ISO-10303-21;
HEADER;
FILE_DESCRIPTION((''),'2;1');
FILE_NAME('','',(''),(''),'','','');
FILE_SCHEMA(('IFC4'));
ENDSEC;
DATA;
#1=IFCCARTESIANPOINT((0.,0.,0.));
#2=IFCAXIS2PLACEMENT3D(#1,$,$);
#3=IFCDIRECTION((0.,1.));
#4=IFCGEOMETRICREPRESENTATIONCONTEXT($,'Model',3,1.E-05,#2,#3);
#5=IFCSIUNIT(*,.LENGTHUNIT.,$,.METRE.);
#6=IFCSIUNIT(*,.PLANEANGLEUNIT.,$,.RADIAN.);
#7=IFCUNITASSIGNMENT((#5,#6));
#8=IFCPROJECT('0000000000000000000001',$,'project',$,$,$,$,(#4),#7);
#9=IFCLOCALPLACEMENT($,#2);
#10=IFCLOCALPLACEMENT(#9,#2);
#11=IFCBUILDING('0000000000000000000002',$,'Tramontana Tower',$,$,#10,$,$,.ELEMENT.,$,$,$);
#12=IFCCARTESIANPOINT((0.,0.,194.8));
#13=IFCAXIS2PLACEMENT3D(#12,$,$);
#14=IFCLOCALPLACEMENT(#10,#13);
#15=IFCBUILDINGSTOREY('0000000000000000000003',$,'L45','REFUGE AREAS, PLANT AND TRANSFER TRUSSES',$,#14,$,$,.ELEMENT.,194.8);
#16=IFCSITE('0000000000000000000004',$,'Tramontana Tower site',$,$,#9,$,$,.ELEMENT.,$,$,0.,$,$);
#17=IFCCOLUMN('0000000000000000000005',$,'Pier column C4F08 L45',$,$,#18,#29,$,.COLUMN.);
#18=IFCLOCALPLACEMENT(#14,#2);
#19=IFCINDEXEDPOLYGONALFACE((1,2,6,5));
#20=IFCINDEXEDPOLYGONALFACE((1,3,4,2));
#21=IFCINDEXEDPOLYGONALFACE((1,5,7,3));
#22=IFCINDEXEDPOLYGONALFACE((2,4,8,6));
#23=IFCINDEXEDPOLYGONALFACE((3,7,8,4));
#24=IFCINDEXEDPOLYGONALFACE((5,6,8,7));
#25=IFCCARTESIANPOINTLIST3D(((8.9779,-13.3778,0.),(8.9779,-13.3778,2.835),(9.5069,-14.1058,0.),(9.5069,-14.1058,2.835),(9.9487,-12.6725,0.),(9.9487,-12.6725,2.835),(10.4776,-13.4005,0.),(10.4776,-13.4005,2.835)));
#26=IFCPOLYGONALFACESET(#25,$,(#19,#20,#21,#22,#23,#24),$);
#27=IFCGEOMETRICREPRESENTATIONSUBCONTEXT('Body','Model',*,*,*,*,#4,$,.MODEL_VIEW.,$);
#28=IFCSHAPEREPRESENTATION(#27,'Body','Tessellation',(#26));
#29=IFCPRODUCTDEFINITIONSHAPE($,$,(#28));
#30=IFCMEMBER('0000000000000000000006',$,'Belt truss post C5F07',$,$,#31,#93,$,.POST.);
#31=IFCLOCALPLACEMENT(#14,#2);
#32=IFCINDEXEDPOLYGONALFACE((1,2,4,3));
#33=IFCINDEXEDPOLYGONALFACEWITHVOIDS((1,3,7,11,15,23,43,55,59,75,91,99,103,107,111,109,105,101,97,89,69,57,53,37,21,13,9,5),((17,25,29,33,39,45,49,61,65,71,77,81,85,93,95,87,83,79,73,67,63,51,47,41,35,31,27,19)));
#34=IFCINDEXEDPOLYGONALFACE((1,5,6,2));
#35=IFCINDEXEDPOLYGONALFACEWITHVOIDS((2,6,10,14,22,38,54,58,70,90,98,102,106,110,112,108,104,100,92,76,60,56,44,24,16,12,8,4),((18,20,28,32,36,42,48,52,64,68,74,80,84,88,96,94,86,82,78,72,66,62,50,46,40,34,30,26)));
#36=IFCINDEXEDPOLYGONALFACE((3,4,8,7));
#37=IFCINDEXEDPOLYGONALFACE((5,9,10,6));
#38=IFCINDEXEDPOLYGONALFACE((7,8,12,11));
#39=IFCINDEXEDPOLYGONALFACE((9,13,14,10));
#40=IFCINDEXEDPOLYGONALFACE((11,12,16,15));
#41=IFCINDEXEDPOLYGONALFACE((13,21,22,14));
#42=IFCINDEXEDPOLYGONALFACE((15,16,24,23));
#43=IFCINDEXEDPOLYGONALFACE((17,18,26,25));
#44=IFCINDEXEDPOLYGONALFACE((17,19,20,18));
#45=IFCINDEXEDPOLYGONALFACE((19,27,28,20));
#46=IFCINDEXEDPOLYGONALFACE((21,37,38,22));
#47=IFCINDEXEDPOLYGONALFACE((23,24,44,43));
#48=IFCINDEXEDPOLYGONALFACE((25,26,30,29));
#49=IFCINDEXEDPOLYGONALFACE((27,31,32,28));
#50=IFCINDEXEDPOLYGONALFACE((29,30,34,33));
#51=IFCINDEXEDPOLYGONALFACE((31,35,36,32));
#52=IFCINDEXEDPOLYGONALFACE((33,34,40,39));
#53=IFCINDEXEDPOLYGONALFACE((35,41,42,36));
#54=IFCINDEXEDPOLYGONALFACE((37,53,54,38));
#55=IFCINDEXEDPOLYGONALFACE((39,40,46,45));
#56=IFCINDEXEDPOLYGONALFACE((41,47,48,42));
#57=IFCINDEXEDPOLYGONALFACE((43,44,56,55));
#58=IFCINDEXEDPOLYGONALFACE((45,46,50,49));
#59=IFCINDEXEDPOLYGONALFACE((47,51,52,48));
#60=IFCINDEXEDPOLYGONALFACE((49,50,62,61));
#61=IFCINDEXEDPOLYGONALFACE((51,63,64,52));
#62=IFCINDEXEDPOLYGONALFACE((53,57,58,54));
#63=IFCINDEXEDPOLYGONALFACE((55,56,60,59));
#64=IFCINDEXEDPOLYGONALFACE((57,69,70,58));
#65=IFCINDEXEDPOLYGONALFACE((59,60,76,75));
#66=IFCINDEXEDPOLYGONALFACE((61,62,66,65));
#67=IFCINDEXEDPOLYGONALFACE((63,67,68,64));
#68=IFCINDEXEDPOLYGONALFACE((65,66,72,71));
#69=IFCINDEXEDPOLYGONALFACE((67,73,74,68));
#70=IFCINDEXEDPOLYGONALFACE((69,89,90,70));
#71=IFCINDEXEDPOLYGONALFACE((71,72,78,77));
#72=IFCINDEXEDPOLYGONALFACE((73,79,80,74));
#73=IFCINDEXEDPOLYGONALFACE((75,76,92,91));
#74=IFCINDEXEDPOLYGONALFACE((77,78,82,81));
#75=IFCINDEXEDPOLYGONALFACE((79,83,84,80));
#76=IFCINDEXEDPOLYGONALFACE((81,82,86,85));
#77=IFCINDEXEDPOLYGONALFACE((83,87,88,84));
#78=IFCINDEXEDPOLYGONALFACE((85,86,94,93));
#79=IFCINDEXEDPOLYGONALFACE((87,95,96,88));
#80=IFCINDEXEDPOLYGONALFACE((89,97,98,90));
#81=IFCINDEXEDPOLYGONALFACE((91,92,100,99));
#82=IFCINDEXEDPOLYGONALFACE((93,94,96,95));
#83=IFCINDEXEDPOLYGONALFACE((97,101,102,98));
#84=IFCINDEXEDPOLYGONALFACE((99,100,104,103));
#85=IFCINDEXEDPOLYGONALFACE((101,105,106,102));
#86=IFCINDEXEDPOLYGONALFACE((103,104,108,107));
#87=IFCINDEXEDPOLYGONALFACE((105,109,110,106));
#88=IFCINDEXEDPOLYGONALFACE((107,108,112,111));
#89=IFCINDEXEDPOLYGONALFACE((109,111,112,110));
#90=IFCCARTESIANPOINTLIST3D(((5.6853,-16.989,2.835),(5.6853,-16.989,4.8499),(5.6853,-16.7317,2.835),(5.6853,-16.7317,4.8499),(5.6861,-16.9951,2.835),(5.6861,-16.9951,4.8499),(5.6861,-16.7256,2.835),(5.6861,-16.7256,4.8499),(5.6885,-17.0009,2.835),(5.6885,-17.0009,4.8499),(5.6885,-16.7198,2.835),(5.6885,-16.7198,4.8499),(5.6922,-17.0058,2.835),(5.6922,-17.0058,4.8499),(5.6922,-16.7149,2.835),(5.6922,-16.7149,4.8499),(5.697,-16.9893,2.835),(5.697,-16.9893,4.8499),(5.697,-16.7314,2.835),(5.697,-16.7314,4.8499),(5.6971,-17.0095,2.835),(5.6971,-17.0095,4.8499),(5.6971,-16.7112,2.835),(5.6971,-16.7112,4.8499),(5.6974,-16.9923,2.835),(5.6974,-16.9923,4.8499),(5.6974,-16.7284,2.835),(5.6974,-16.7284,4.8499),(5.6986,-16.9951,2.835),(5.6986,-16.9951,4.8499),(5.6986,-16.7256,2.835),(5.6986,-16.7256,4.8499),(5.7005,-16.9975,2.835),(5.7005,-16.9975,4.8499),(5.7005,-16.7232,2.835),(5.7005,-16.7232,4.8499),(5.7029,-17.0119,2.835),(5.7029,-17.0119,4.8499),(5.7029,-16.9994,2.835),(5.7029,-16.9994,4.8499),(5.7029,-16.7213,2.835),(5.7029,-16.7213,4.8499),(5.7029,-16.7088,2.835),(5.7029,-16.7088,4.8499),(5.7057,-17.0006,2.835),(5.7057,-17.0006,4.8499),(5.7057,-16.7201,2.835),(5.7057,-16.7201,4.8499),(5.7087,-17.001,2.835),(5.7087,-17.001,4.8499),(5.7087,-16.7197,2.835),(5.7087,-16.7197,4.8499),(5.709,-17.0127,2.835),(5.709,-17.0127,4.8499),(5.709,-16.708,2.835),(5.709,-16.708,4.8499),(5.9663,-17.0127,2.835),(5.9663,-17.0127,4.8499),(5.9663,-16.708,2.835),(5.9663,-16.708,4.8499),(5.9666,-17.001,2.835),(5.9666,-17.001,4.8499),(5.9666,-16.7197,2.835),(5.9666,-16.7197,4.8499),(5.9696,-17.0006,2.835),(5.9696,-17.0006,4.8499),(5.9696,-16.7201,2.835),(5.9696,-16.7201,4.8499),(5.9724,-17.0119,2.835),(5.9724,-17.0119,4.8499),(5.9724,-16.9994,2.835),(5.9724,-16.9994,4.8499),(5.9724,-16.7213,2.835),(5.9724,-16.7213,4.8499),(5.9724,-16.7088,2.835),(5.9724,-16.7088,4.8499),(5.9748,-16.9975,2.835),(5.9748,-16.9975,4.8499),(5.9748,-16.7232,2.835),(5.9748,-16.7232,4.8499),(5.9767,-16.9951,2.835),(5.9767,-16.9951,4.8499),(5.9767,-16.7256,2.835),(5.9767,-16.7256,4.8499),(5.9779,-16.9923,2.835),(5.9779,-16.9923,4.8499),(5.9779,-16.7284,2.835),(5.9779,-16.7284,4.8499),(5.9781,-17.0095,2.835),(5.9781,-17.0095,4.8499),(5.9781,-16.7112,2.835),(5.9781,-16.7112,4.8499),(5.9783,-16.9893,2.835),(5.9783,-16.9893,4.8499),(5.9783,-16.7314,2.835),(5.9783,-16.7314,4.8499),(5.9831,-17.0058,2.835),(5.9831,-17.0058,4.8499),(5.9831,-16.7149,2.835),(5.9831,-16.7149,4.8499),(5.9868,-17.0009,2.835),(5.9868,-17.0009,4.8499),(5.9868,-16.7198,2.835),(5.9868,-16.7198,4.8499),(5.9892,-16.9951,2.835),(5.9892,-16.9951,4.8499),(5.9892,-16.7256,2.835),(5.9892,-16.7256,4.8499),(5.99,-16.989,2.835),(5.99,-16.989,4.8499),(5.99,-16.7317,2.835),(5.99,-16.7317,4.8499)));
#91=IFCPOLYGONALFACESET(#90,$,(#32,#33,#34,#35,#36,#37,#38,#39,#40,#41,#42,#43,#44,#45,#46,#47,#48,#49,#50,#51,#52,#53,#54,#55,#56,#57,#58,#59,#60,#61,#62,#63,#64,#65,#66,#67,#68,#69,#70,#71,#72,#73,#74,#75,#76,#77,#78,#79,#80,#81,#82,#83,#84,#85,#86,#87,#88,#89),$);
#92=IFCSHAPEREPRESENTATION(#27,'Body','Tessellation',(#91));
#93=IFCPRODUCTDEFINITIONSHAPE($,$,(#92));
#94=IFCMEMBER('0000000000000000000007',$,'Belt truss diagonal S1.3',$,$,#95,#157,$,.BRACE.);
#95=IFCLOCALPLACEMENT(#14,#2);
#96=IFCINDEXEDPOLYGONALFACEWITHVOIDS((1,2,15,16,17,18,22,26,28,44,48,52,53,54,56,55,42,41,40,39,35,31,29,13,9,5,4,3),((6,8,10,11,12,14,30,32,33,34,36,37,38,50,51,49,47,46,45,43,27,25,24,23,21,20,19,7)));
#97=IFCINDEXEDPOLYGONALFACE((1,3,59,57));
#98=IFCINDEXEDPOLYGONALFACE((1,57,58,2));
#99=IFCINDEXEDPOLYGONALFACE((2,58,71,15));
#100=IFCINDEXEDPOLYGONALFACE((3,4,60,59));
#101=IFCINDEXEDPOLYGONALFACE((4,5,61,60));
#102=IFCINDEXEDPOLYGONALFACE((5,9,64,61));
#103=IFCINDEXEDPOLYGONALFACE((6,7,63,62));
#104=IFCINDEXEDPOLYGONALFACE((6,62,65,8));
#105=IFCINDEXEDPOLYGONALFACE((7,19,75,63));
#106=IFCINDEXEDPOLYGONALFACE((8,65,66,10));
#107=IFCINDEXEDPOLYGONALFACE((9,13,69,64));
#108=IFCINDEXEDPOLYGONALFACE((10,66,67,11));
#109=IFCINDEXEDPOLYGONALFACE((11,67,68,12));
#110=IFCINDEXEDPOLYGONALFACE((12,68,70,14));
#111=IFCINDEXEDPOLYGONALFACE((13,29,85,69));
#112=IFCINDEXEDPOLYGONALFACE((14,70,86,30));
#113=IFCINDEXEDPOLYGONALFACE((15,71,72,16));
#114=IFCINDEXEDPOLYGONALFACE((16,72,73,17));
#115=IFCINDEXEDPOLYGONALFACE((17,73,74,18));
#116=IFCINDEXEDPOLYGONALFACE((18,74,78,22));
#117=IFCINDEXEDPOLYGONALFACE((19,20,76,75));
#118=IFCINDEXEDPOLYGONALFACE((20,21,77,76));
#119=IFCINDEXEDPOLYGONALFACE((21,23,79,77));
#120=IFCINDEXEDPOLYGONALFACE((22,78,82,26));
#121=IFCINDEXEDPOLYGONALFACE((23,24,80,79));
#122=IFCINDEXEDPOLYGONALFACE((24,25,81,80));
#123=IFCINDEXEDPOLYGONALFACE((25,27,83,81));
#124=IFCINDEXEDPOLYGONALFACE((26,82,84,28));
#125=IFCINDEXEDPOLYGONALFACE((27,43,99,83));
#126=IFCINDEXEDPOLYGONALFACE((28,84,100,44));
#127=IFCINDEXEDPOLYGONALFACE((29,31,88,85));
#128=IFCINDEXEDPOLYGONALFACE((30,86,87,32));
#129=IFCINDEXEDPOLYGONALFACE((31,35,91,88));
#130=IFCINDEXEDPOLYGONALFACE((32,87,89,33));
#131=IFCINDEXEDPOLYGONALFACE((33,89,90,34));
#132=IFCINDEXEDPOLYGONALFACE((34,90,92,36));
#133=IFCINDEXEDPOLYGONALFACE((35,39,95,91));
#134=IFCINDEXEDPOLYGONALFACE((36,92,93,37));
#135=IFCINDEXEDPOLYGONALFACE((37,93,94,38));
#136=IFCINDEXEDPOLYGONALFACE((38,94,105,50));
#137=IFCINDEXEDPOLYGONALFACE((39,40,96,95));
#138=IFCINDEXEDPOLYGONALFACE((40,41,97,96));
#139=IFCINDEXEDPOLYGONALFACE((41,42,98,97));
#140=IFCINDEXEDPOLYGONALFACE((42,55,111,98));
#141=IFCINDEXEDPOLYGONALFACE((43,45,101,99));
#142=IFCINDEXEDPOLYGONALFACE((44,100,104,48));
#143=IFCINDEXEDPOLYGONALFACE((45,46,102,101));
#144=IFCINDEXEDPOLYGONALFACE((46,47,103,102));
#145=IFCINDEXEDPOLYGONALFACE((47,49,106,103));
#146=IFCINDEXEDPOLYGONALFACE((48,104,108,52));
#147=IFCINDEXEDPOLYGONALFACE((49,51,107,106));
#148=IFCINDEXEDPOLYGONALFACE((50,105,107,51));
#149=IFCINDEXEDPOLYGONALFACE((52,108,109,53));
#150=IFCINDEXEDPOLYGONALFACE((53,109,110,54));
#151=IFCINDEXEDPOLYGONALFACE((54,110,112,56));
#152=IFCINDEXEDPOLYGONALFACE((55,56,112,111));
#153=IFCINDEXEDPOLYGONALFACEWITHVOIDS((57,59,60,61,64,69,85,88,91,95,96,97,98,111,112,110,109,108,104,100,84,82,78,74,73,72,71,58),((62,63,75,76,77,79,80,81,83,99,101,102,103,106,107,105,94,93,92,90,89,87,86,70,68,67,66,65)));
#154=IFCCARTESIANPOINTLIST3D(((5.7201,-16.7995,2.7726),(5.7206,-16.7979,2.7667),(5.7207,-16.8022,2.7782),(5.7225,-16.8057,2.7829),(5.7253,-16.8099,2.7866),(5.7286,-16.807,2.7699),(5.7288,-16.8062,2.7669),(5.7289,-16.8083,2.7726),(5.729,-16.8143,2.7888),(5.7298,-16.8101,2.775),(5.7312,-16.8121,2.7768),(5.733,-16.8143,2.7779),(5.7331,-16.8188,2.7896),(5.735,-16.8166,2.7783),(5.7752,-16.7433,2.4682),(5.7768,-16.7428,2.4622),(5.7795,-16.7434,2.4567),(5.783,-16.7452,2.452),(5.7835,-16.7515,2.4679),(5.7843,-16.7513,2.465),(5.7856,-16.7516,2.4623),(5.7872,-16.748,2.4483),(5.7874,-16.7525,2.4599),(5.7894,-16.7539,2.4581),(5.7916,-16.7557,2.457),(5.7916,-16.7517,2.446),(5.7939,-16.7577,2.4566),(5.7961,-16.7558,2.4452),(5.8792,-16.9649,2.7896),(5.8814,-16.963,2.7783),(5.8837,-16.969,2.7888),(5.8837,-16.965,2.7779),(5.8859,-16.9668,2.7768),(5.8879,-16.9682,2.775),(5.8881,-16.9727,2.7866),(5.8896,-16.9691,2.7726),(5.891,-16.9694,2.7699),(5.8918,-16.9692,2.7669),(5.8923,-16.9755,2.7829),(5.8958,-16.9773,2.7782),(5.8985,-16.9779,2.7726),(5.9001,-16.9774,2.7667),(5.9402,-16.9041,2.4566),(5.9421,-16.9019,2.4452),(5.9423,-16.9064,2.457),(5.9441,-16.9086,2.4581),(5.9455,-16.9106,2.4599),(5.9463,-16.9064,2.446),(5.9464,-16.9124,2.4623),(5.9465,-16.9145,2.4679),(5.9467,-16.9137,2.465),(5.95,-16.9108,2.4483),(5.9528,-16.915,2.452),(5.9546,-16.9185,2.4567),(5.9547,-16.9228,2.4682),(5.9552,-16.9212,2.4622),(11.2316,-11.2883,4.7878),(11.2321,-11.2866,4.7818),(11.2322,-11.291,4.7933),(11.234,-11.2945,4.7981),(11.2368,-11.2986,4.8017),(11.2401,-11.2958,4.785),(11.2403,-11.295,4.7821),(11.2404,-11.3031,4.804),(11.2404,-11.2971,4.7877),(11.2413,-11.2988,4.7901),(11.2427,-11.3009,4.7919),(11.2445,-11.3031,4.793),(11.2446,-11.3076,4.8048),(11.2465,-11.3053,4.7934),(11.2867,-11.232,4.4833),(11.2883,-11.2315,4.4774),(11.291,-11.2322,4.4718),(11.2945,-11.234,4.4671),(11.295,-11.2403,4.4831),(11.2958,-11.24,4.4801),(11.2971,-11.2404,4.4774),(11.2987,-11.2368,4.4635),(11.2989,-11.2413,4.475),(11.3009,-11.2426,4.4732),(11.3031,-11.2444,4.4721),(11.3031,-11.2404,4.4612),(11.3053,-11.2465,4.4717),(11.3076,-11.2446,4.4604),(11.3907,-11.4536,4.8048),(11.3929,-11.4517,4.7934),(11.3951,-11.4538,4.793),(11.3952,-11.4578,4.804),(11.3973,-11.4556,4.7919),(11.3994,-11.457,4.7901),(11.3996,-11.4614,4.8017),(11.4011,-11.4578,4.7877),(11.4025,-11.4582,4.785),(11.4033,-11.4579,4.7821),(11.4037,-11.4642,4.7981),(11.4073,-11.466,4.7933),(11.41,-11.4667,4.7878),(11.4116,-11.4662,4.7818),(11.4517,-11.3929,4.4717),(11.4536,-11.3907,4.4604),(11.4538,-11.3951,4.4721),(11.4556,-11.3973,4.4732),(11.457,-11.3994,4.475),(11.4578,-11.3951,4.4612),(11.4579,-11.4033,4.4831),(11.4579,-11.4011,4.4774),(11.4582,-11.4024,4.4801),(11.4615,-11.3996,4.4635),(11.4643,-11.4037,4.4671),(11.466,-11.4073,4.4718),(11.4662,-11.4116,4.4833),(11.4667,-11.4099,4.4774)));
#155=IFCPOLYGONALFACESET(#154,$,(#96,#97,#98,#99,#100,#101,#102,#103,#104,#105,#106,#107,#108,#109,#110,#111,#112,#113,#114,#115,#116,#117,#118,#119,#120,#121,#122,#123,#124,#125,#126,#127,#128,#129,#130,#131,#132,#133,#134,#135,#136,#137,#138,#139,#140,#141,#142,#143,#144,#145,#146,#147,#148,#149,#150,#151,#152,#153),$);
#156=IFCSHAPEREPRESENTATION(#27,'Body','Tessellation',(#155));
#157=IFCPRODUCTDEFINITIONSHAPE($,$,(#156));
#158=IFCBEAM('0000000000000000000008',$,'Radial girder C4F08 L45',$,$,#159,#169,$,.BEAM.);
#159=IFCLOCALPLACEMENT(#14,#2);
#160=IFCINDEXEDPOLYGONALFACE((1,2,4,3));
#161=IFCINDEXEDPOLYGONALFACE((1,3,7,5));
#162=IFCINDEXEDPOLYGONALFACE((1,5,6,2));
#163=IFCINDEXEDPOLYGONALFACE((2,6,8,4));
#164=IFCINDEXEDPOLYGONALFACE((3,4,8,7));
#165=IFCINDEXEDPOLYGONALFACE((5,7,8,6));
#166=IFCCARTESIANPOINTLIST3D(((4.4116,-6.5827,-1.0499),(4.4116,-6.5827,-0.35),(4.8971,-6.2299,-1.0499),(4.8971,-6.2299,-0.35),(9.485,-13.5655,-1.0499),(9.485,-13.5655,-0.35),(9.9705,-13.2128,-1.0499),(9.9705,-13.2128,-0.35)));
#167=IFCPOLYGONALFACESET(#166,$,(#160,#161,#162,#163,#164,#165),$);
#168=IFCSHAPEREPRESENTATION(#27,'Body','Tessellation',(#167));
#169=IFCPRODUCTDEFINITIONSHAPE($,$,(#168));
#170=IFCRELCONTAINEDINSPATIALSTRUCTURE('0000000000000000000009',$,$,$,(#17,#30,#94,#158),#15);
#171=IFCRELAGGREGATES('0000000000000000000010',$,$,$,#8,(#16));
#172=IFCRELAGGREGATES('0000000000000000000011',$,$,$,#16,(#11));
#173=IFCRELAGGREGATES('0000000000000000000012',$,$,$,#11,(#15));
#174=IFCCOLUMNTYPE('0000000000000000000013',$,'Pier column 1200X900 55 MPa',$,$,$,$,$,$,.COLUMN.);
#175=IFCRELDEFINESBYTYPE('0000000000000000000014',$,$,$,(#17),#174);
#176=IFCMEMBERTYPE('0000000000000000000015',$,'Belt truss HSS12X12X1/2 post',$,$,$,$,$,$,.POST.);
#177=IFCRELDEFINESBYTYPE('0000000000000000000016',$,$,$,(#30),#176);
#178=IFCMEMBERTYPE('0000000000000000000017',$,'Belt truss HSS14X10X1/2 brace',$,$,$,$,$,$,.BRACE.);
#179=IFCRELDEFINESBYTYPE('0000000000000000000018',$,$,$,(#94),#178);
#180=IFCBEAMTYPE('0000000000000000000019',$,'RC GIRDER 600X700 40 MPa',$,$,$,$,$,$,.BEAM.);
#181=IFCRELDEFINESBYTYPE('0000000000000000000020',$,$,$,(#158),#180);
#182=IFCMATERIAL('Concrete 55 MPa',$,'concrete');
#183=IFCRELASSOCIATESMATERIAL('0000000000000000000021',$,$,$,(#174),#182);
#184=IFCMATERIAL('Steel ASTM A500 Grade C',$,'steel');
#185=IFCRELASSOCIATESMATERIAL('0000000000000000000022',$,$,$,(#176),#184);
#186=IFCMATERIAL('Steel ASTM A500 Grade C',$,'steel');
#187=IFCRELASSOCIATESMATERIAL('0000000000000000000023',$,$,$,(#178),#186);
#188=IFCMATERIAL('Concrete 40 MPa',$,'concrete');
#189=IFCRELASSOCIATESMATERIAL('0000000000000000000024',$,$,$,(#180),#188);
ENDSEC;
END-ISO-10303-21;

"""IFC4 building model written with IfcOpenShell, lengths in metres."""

from ifc_helpers import new_model, si_unit, direction, frame, origin, origin_2d, place, context, subcontext, project, spatial, rectangle, hollow_rectangle, extrude, material, material_profile, profile_set, type_object, element, save


model = new_model("IFC4")

# Units and contexts
model_context = context("Model", 3, precision=1e-05, world=origin(), true_north=direction((0.0, 1.0)))
body_context = subcontext(model_context, "Body", "Model", "MODEL_VIEW")
ifc_project = project(units=[si_unit("LENGTHUNIT", "METRE"), si_unit("PLANEANGLEUNIT", "RADIAN")], contexts=[model_context])

# Site, building, storey
site_placement = place(None, origin())
site = spatial("IfcSite", under=ifc_project, at=site_placement, Name="Tramontana Tower site", CompositionType="ELEMENT", RefElevation=0.0)
building_placement = place(site_placement, origin())
building = spatial("IfcBuilding", under=site, at=building_placement, Name="Tramontana Tower", CompositionType="ELEMENT")
storey_placement = place(building_placement, frame((0.0, 0.0, 194.8)))
storey = spatial("IfcBuildingStorey", under=building, at=storey_placement, Name="L45", Description="REFUGE AREAS, PLANT AND TRANSFER TRUSSES", CompositionType="ELEMENT", Elevation=194.8)

# Column
ifc_material_1 = material(Name="Concrete 55 MPa", Category="concrete")
ifc_material_profile_1 = material_profile(ifc_material_1, rectangle(XDim=1.2, YDim=0.8999, at=origin_2d()), Name="Pier column 1200X900 55 MPa")
ifc_profile_set_1 = profile_set([ifc_material_profile_1], Name="Concrete 55 MPa")
column_type = type_object("IfcColumnType", Name="Pier column 1200X900 55 MPa", PredefinedType="COLUMN", material=ifc_profile_set_1)
column_placement = place(storey_placement, frame((9.7278, -13.3892, 0.0), z_axis=(0.0, 0.0, 1.0), x_axis=(0.809017, 0.587785, 0.0)))
element("IfcColumn", 1, at=column_placement, inside=storey, type_object=column_type, Name="Pier column C4F08 L45", PredefinedType="COLUMN", context=body_context, shape_type="SweptSolid", body=[
    extrude(rectangle(XDim=1.2, YDim=0.8999, at=origin_2d()), origin(), (0.0, 0.0, 1.0), 2.835),
])

# Members
ifc_material_2 = material(Name="Steel ASTM A500 Grade C", Category="steel")
ifc_material_profile_2 = material_profile(ifc_material_2, hollow_rectangle(XDim=0.3047, YDim=0.3047, WallThickness=0.0117, InnerFilletRadius=0.0117, OuterFilletRadius=0.0237, at=origin_2d()), Name="HSS12X12X1/2")
ifc_profile_set_2 = profile_set([ifc_material_profile_2], Name="Steel ASTM A500 Grade C")
member_type_1 = type_object("IfcMemberType", Name="Belt truss HSS12X12X1/2 post", PredefinedType="POST", material=ifc_profile_set_2)
member_1_placement = place(storey_placement, frame((5.8376, -16.8604, 2.835), z_axis=(0.0, 0.0, 1.0), x_axis=(1.0, 0.0, 0.0)))
element("IfcMember", 2, at=member_1_placement, inside=storey, type_object=member_type_1, Name="Belt truss post C5F07", PredefinedType="POST", context=body_context, shape_type="SweptSolid", body=[
    extrude(hollow_rectangle(XDim=0.3047, YDim=0.3047, WallThickness=0.0117, InnerFilletRadius=0.0117, OuterFilletRadius=0.0237, at=origin_2d()), origin(), (0.0, 0.0, 1.0), 2.0149),
])
ifc_material_3 = material(Name="Steel ASTM A500 Grade C", Category="steel")
ifc_material_profile_3 = material_profile(ifc_material_3, hollow_rectangle(XDim=0.2539, YDim=0.3557, WallThickness=0.0117, InnerFilletRadius=0.0117, OuterFilletRadius=0.0237, at=origin_2d()), Name="HSS14X10X1/2")
ifc_profile_set_3 = profile_set([ifc_material_profile_3], Name="Steel ASTM A500 Grade C")
member_type_2 = type_object("IfcMemberType", Name="Belt truss HSS14X10X1/2 brace", PredefinedType="BRACE", material=ifc_profile_set_3)
member_2_placement = place(storey_placement, frame((5.8376, -16.8604, 2.6174), z_axis=(0.684611, 0.684581, 0.250312), x_axis=(-0.707091, 0.707122, 0.0)))
element("IfcMember", 3, at=member_2_placement, inside=storey, type_object=member_type_2, Name="Belt truss diagonal S1.3", PredefinedType="BRACE", context=body_context, shape_type="SweptSolid", body=[
    extrude(hollow_rectangle(XDim=0.2539, YDim=0.3557, WallThickness=0.0117, InnerFilletRadius=0.0117, OuterFilletRadius=0.0237, at=origin_2d()), origin(), (0.0, 0.0, 1.0), 8.0505),
])

# Beam
ifc_material_4 = material(Name="Concrete 40 MPa", Category="concrete")
ifc_material_profile_4 = material_profile(ifc_material_4, rectangle(XDim=0.6001, YDim=0.7, at=origin_2d()), Name="RC GIRDER 600X700 40 MPa")
ifc_profile_set_4 = profile_set([ifc_material_profile_4], Name="Concrete 40 MPa")
beam_type = type_object("IfcBeamType", Name="RC GIRDER 600X700 40 MPa", PredefinedType="BEAM", material=ifc_profile_set_4)
beam_placement = place(storey_placement, frame((9.7278, -13.3892, -0.7), z_axis=(-0.587793, 0.809011, 0.0), x_axis=(-0.809011, -0.587793, 0.0)))
element("IfcBeam", 4, at=beam_placement, inside=storey, type_object=beam_type, Name="Radial girder C4F08 L45", PredefinedType="BEAM", context=body_context, shape_type="SweptSolid", body=[
    extrude(rectangle(XDim=0.6001, YDim=0.7, at=origin_2d()), origin(), (0.0, 0.0, 1.0), 8.6313),
])

save(model, "model.ifc")
